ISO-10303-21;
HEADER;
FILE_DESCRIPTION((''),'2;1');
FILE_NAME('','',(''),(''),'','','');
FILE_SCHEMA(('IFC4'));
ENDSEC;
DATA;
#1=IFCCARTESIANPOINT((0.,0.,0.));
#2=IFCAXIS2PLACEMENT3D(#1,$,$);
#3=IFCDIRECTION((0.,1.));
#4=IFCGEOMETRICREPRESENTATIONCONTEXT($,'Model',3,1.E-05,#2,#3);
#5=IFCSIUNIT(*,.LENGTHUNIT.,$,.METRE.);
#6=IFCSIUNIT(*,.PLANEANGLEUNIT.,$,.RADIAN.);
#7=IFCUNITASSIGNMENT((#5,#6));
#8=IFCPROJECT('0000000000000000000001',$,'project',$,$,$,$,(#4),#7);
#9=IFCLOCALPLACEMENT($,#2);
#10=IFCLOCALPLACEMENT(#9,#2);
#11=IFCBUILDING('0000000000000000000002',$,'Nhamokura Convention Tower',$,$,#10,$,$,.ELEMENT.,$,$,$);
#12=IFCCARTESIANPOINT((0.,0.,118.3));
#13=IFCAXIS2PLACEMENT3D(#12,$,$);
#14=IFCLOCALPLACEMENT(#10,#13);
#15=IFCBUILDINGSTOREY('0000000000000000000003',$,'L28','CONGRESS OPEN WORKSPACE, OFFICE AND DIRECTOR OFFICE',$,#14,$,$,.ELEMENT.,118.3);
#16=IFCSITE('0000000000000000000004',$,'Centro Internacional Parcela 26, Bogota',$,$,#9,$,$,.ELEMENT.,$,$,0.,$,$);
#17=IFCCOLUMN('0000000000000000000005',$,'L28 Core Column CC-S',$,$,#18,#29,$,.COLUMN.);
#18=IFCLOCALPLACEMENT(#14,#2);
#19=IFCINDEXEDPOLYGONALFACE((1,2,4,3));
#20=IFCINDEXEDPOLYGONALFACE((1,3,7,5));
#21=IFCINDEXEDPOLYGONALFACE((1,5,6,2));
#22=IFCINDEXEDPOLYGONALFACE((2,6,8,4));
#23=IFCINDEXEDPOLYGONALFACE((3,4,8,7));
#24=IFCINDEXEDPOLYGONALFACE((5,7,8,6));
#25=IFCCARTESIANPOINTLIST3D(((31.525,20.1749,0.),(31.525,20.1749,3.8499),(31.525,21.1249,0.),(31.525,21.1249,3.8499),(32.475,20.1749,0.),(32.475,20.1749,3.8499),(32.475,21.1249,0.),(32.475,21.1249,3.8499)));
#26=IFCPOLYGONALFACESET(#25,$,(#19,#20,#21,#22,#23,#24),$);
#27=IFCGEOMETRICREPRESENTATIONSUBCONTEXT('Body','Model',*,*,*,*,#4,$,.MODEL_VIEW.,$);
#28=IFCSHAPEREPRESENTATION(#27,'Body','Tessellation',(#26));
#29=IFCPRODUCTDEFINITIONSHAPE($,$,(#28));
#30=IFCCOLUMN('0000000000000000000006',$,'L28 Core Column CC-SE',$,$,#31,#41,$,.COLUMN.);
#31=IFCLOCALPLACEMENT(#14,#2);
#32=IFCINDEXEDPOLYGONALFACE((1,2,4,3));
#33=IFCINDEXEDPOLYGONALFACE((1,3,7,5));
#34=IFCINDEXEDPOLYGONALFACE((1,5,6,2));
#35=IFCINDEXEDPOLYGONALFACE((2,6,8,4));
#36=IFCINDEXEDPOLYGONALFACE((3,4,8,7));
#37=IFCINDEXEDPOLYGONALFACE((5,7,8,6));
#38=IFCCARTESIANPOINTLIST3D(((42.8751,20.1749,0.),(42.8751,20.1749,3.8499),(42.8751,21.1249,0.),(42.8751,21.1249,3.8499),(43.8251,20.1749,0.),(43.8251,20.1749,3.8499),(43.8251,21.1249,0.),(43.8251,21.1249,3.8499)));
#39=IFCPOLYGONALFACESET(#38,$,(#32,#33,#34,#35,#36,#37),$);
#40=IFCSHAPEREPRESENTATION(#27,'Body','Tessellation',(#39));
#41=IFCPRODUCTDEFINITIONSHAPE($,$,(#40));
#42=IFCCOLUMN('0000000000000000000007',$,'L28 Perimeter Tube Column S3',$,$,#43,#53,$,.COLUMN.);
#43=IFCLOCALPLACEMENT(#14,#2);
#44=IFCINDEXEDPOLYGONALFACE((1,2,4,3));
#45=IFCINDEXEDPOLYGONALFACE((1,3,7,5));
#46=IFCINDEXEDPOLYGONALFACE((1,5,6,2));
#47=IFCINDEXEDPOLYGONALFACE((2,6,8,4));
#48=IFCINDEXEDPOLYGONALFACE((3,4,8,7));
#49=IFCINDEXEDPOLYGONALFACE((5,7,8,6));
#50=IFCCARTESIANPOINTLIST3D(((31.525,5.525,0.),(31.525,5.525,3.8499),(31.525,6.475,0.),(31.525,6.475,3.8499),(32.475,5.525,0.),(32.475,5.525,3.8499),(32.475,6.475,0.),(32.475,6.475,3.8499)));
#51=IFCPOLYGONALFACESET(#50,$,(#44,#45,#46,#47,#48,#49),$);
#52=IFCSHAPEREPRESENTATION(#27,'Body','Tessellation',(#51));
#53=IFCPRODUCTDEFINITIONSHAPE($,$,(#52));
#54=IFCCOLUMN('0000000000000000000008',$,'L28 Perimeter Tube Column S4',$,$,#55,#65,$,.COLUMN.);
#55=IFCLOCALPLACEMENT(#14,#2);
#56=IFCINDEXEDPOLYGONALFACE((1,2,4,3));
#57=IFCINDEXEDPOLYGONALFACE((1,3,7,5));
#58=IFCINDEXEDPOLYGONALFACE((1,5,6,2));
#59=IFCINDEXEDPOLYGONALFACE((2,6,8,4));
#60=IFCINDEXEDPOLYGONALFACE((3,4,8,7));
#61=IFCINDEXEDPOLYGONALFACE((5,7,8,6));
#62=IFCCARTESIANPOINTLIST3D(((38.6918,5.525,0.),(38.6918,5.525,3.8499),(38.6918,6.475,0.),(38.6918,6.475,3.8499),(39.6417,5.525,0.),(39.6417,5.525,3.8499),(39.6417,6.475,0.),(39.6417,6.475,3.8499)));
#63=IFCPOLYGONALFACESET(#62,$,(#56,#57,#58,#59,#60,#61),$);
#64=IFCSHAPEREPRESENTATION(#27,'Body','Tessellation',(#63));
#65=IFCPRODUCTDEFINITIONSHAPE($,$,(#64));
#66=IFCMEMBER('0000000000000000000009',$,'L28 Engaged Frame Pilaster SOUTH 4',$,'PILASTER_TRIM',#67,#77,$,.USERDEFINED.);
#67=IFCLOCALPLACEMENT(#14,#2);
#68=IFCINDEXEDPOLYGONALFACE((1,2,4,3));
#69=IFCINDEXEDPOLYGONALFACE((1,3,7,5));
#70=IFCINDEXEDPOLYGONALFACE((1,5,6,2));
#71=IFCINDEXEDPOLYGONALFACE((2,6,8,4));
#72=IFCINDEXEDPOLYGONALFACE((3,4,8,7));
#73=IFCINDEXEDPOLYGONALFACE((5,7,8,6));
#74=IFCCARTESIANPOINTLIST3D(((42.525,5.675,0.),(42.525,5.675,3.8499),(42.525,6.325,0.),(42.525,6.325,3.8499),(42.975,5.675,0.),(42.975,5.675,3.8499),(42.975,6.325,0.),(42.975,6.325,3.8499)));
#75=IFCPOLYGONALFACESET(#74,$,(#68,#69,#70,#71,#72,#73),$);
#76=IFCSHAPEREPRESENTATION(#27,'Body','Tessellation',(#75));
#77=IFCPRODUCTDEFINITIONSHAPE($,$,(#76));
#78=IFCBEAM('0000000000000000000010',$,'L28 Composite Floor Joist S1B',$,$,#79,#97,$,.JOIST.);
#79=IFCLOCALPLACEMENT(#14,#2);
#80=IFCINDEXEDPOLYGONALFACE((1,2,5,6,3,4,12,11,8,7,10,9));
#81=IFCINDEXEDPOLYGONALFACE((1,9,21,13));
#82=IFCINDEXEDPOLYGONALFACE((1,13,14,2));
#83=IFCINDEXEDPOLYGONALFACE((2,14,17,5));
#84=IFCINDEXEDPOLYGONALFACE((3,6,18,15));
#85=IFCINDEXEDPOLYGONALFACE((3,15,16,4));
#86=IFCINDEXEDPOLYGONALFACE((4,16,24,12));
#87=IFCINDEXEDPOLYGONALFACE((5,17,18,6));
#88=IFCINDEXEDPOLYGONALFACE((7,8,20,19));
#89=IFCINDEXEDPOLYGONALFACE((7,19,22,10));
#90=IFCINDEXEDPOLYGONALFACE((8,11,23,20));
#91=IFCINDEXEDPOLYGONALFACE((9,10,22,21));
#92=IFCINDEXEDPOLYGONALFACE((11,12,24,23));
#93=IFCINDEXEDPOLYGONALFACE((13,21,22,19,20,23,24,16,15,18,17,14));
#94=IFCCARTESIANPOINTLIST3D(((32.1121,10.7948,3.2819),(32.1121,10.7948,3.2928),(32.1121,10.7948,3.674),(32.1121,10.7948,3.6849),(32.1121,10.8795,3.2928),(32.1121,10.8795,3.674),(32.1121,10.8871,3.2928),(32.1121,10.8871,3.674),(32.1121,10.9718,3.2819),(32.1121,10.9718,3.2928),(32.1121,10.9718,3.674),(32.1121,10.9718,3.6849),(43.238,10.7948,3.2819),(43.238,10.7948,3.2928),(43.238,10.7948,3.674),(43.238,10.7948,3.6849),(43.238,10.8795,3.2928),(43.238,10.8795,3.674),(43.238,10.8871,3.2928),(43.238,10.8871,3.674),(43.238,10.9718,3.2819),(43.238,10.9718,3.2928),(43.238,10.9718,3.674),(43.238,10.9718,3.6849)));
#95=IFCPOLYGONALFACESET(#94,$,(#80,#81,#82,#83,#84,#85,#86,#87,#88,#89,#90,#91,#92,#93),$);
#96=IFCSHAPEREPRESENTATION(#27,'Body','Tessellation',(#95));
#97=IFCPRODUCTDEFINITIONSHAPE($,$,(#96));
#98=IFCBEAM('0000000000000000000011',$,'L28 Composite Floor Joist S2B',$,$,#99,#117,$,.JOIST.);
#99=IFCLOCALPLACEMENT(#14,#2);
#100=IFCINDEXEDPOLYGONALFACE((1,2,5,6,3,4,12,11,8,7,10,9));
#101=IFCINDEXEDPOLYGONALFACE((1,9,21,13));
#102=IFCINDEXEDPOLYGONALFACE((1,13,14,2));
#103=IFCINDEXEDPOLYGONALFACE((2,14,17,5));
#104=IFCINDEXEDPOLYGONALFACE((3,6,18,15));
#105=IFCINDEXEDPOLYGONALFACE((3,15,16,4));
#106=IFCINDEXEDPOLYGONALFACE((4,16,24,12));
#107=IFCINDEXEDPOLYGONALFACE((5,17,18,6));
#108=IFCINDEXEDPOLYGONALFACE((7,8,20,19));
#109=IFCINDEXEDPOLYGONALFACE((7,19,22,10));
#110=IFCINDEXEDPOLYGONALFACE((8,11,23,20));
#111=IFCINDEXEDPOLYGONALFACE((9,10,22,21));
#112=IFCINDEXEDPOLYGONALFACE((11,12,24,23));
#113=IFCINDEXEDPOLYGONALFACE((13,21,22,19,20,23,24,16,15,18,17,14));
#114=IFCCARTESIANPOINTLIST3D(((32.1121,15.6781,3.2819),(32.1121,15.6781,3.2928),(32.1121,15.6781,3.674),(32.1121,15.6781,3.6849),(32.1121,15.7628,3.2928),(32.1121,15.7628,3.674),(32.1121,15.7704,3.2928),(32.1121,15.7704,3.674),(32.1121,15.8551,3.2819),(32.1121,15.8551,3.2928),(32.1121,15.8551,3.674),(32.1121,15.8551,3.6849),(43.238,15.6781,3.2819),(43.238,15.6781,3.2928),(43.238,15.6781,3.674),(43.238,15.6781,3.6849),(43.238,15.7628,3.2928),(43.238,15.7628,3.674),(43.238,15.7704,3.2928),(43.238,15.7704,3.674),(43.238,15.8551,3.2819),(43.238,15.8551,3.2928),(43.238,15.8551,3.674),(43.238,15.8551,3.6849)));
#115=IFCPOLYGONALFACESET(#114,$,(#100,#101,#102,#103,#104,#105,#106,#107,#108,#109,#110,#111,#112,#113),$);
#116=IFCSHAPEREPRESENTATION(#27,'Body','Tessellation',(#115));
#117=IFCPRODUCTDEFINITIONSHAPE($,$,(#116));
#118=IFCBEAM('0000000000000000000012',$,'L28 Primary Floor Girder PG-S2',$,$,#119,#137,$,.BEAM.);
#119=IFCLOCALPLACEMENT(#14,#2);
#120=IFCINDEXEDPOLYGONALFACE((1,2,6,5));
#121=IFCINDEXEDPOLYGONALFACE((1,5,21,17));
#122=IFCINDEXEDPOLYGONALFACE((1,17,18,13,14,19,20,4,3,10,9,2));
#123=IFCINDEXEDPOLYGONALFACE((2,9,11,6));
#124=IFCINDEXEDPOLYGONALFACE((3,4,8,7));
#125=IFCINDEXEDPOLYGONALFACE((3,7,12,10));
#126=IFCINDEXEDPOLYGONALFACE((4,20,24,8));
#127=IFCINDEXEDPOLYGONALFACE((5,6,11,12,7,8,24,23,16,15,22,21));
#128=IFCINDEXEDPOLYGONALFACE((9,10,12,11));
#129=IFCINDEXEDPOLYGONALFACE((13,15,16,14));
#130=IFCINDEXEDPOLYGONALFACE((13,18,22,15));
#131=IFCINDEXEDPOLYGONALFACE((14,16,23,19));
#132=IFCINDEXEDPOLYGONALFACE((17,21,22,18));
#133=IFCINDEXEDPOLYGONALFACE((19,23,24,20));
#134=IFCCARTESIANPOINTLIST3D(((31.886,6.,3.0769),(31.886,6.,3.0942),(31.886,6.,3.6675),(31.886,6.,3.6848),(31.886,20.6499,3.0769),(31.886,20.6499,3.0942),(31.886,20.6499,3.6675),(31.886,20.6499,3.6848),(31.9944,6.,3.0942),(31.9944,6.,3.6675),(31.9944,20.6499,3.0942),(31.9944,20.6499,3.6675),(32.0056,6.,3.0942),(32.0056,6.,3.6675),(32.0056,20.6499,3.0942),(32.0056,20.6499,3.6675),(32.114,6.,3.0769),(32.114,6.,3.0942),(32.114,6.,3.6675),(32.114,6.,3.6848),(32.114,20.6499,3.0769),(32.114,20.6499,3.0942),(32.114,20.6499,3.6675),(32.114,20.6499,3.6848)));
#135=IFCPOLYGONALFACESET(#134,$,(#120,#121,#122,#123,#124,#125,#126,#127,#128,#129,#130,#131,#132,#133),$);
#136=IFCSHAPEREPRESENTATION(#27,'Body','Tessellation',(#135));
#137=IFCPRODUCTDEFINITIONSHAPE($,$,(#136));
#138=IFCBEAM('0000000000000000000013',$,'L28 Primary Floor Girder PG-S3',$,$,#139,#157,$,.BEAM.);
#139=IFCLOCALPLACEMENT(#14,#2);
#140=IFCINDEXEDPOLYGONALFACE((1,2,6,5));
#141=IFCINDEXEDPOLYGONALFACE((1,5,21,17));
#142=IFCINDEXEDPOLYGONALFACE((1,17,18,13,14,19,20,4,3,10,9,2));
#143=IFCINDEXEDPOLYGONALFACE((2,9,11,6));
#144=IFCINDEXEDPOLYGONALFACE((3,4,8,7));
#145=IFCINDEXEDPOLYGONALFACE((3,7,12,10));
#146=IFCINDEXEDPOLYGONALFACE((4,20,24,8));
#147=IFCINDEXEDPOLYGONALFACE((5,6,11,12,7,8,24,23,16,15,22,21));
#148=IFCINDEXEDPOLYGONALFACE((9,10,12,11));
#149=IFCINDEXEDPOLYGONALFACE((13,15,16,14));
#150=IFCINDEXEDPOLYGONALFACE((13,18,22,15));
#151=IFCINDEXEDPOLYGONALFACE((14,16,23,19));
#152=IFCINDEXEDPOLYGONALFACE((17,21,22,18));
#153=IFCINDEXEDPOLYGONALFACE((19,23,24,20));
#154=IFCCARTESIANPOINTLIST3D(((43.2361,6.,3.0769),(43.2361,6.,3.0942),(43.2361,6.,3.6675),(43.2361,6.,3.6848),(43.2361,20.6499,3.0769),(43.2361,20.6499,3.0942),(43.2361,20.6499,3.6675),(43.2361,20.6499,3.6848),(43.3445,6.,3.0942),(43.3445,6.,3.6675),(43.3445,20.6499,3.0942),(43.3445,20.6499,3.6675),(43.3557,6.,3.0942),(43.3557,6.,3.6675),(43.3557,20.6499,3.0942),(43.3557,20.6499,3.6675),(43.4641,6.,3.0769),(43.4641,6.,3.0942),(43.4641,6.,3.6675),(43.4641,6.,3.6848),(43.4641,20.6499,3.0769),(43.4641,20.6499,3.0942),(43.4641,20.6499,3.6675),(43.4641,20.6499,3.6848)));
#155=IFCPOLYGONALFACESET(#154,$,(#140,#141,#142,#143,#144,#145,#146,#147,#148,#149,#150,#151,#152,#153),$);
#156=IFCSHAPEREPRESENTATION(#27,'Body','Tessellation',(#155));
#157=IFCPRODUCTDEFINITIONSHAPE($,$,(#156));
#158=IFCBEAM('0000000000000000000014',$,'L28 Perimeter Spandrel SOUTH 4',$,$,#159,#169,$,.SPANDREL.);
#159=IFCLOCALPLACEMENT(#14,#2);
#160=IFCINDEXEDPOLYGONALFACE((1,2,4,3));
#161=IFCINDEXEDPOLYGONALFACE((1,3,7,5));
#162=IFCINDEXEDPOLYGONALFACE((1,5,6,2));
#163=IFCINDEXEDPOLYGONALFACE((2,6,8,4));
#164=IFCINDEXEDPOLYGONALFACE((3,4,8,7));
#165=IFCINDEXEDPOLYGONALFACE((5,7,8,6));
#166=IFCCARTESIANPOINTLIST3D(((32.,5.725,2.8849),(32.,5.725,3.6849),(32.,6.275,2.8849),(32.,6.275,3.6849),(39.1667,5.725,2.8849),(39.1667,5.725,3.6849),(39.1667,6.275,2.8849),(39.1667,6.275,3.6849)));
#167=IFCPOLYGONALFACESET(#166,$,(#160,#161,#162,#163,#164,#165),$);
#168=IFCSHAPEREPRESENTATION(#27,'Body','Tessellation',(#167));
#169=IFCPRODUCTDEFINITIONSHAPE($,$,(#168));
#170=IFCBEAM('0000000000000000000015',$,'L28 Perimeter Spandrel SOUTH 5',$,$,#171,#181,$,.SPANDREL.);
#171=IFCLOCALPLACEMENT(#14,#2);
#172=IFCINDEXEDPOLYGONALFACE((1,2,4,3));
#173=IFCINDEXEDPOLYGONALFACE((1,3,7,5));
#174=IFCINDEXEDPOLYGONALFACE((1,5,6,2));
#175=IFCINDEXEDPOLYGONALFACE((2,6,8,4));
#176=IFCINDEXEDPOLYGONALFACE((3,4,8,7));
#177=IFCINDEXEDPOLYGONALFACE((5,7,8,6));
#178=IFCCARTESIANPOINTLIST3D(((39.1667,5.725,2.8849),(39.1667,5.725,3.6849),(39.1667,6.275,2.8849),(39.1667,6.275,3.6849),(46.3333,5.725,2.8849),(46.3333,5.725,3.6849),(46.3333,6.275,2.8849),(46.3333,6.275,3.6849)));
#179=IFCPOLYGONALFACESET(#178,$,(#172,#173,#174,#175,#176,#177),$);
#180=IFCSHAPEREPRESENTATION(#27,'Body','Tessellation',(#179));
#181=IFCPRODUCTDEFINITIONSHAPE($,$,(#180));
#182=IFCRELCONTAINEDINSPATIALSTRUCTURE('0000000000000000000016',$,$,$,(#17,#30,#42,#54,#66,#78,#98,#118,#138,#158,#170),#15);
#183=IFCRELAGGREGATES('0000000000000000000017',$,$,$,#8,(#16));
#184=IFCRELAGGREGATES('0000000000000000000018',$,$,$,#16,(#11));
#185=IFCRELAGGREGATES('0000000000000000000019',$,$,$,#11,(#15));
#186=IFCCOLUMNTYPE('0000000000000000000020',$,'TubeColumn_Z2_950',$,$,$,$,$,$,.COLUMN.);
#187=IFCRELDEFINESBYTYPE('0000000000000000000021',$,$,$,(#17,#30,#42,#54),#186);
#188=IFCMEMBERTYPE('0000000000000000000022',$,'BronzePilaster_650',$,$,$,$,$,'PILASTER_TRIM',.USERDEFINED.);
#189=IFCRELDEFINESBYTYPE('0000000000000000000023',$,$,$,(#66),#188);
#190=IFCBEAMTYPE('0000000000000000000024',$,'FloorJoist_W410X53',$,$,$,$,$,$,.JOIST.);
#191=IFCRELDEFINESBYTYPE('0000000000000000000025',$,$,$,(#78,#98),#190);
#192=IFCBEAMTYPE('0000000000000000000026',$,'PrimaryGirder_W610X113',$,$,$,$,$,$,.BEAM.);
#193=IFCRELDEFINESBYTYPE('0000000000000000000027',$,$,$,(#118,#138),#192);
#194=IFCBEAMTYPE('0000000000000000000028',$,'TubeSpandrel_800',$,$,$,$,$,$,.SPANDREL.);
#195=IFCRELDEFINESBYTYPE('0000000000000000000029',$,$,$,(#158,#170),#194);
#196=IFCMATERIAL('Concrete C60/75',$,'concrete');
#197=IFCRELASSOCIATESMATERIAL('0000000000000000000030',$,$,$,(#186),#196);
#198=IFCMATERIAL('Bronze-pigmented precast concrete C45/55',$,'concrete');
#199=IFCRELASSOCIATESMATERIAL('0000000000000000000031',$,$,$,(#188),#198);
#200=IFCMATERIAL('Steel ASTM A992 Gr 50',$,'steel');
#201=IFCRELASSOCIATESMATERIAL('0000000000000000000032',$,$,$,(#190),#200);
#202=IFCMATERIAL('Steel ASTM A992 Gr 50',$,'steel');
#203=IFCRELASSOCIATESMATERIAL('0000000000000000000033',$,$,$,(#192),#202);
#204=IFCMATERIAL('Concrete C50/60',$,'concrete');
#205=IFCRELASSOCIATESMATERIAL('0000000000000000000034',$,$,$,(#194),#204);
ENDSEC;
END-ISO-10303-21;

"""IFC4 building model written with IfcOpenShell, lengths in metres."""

from ifc_helpers import new_model, si_unit, direction, frame, origin, origin_2d, place, context, subcontext, project, spatial, rectangle, i_section, extrude, material, material_profile, profile_set, type_object, element, save


model = new_model("IFC4")

# Units and contexts
model_context = context("Model", 3, precision=1e-05, world=origin(), true_north=direction((0.0, 1.0)))
body_context = subcontext(model_context, "Body", "Model", "MODEL_VIEW")
ifc_project = project(units=[si_unit("LENGTHUNIT", "METRE"), si_unit("PLANEANGLEUNIT", "RADIAN")], contexts=[model_context])

# Site, building, storey
site_placement = place(None, origin())
site = spatial("IfcSite", under=ifc_project, at=site_placement, Name="Centro Internacional Parcela 26, Bogota", CompositionType="ELEMENT", RefElevation=0.0)
building_placement = place(site_placement, origin())
building = spatial("IfcBuilding", under=site, at=building_placement, Name="Nhamokura Convention Tower", CompositionType="ELEMENT")
storey_placement = place(building_placement, frame((0.0, 0.0, 118.3)))
storey = spatial("IfcBuildingStorey", under=building, at=storey_placement, Name="L28", Description="CONGRESS OPEN WORKSPACE, OFFICE AND DIRECTOR OFFICE", CompositionType="ELEMENT", Elevation=118.3)

# Columns
ifc_material_1 = material(Name="Concrete C60/75", Category="concrete")
ifc_material_profile_1 = material_profile(ifc_material_1, rectangle(XDim=0.95, YDim=0.95, at=origin_2d()))
ifc_profile_set_1 = profile_set([ifc_material_profile_1], Name="Concrete C60/75")
column_type = type_object("IfcColumnType", Name="TubeColumn_Z2_950", PredefinedType="COLUMN", material=ifc_profile_set_1)
for number, where, z_axis, x_axis, name in (
    (1, (32.0, 20.6499, 0.0), (0.0, 0.0, 1.0), (1.0, 0.0, 0.0), "L28 Core Column CC-S"),
    (2, (43.3501, 20.6499, 0.0), (0.0, 0.0, 1.0), (1.0, 0.0, 0.0), "L28 Core Column CC-SE"),
    (3, (32.0, 6.0, 0.0), (0.0, 0.0, 1.0), (1.0, 0.0, 0.0), "L28 Perimeter Tube Column S3"),
    (4, (39.1667, 6.0, 0.0), (0.0, 0.0, 1.0), (1.0, 0.0, 0.0), "L28 Perimeter Tube Column S4"),
):
    element("IfcColumn", number, at=place(storey_placement, frame(where, z_axis=z_axis, x_axis=x_axis)), inside=storey, type_object=column_type, Name=name, PredefinedType="COLUMN", context=body_context, shape_type="SweptSolid", body=[
        extrude(rectangle(XDim=0.95, YDim=0.95, at=origin_2d()), origin(), (0.0, 0.0, 1.0), 3.8499),
    ])

# Member
ifc_material_2 = material(Name="Bronze-pigmented precast concrete C45/55", Category="concrete")
ifc_material_profile_2 = material_profile(ifc_material_2, rectangle(XDim=0.45, YDim=0.6499, at=origin_2d()))
ifc_profile_set_2 = profile_set([ifc_material_profile_2], Name="Bronze-pigmented precast concrete C45/55")
member_type = type_object("IfcMemberType", Name="BronzePilaster_650", ElementType="PILASTER_TRIM", PredefinedType="USERDEFINED", material=ifc_profile_set_2)
member_placement = place(storey_placement, frame((42.75, 6.0, 0.0), z_axis=(0.0, 0.0, 1.0), x_axis=(1.0, 0.0, 0.0)))
element("IfcMember", 5, at=member_placement, inside=storey, type_object=member_type, Name="L28 Engaged Frame Pilaster SOUTH 4", ObjectType="PILASTER_TRIM", PredefinedType="USERDEFINED", context=body_context, shape_type="SweptSolid", body=[
    extrude(rectangle(XDim=0.45, YDim=0.6499, at=origin_2d()), origin(), (0.0, 0.0, 1.0), 3.8499),
])

# Beams
ifc_material_3 = material(Name="Steel ASTM A992 Gr 50", Category="steel")
ifc_material_profile_3 = material_profile(ifc_material_3, i_section(OverallWidth=0.177, OverallDepth=0.4031, WebThickness=0.0076, FlangeThickness=0.011, at=origin_2d()))
ifc_profile_set_3 = profile_set([ifc_material_profile_3], Name="Steel ASTM A992 Gr 50")
beam_type_1 = type_object("IfcBeamType", Name="FloorJoist_W410X53", PredefinedType="JOIST", material=ifc_profile_set_3)
for number, where, z_axis, x_axis, name in (
    (6, (32.1121, 10.8833, 3.4834), (1.0, 0.0, 0.0), (0.0, 1.0, 0.0), "L28 Composite Floor Joist S1B"),
    (7, (32.1121, 15.7666, 3.4834), (1.0, 0.0, 0.0), (0.0, 1.0, 0.0), "L28 Composite Floor Joist S2B"),
):
    element("IfcBeam", number, at=place(storey_placement, frame(where, z_axis=z_axis, x_axis=x_axis)), inside=storey, type_object=beam_type_1, Name=name, PredefinedType="JOIST", context=body_context, shape_type="SweptSolid", body=[
        extrude(i_section(OverallWidth=0.177, OverallDepth=0.4031, WebThickness=0.0076, FlangeThickness=0.011, at=origin_2d()), origin(), (0.0, 0.0, 1.0), 11.126),
    ])
ifc_material_4 = material(Name="Steel ASTM A992 Gr 50", Category="steel")
ifc_material_profile_4 = material_profile(ifc_material_4, i_section(OverallWidth=0.228, OverallDepth=0.6079, WebThickness=0.0112, FlangeThickness=0.0173, at=origin_2d()))
ifc_profile_set_4 = profile_set([ifc_material_profile_4], Name="Steel ASTM A992 Gr 50")
beam_type_2 = type_object("IfcBeamType", Name="PrimaryGirder_W610X113", PredefinedType="BEAM", material=ifc_profile_set_4)
for number, where, z_axis, x_axis, name in (
    (8, (32.0, 6.0, 3.3809), (0.0, 1.0, 0.0), (-1.0, 0.0, 0.0), "L28 Primary Floor Girder PG-S2"),
    (9, (43.3501, 6.0, 3.3809), (0.0, 1.0, 0.0), (-1.0, 0.0, 0.0), "L28 Primary Floor Girder PG-S3"),
):
    element("IfcBeam", number, at=place(storey_placement, frame(where, z_axis=z_axis, x_axis=x_axis)), inside=storey, type_object=beam_type_2, Name=name, PredefinedType="BEAM", context=body_context, shape_type="SweptSolid", body=[
        extrude(i_section(OverallWidth=0.228, OverallDepth=0.6079, WebThickness=0.0112, FlangeThickness=0.0173, at=origin_2d()), origin(), (0.0, 0.0, 1.0), 14.6499),
    ])
ifc_material_5 = material(Name="Concrete C50/60", Category="concrete")
ifc_material_profile_5 = material_profile(ifc_material_5, rectangle(XDim=0.55, YDim=0.8, at=origin_2d()))
ifc_profile_set_5 = profile_set([ifc_material_profile_5], Name="Concrete C50/60")
beam_type_3 = type_object("IfcBeamType", Name="TubeSpandrel_800", PredefinedType="SPANDREL", material=ifc_profile_set_5)
beam_1_placement = place(storey_placement, frame((32.0, 6.0, 3.2849), z_axis=(1.0, 0.0, 0.0), x_axis=(0.0, 1.0, 0.0)))
element("IfcBeam", 10, at=beam_1_placement, inside=storey, type_object=beam_type_3, Name="L28 Perimeter Spandrel SOUTH 4", PredefinedType="SPANDREL", context=body_context, shape_type="SweptSolid", body=[
    extrude(rectangle(XDim=0.55, YDim=0.8, at=origin_2d()), origin(), (0.0, 0.0, 1.0), 7.1667),
])
beam_2_placement = place(storey_placement, frame((39.1667, 6.0, 3.2849), z_axis=(1.0, 0.0, 0.0), x_axis=(0.0, 1.0, 0.0)))
element("IfcBeam", 11, at=beam_2_placement, inside=storey, type_object=beam_type_3, Name="L28 Perimeter Spandrel SOUTH 5", PredefinedType="SPANDREL", context=body_context, shape_type="SweptSolid", body=[
    extrude(rectangle(XDim=0.55, YDim=0.8, at=origin_2d()), origin(), (0.0, 0.0, 1.0), 7.1665),
])

save(model, "model.ifc")
